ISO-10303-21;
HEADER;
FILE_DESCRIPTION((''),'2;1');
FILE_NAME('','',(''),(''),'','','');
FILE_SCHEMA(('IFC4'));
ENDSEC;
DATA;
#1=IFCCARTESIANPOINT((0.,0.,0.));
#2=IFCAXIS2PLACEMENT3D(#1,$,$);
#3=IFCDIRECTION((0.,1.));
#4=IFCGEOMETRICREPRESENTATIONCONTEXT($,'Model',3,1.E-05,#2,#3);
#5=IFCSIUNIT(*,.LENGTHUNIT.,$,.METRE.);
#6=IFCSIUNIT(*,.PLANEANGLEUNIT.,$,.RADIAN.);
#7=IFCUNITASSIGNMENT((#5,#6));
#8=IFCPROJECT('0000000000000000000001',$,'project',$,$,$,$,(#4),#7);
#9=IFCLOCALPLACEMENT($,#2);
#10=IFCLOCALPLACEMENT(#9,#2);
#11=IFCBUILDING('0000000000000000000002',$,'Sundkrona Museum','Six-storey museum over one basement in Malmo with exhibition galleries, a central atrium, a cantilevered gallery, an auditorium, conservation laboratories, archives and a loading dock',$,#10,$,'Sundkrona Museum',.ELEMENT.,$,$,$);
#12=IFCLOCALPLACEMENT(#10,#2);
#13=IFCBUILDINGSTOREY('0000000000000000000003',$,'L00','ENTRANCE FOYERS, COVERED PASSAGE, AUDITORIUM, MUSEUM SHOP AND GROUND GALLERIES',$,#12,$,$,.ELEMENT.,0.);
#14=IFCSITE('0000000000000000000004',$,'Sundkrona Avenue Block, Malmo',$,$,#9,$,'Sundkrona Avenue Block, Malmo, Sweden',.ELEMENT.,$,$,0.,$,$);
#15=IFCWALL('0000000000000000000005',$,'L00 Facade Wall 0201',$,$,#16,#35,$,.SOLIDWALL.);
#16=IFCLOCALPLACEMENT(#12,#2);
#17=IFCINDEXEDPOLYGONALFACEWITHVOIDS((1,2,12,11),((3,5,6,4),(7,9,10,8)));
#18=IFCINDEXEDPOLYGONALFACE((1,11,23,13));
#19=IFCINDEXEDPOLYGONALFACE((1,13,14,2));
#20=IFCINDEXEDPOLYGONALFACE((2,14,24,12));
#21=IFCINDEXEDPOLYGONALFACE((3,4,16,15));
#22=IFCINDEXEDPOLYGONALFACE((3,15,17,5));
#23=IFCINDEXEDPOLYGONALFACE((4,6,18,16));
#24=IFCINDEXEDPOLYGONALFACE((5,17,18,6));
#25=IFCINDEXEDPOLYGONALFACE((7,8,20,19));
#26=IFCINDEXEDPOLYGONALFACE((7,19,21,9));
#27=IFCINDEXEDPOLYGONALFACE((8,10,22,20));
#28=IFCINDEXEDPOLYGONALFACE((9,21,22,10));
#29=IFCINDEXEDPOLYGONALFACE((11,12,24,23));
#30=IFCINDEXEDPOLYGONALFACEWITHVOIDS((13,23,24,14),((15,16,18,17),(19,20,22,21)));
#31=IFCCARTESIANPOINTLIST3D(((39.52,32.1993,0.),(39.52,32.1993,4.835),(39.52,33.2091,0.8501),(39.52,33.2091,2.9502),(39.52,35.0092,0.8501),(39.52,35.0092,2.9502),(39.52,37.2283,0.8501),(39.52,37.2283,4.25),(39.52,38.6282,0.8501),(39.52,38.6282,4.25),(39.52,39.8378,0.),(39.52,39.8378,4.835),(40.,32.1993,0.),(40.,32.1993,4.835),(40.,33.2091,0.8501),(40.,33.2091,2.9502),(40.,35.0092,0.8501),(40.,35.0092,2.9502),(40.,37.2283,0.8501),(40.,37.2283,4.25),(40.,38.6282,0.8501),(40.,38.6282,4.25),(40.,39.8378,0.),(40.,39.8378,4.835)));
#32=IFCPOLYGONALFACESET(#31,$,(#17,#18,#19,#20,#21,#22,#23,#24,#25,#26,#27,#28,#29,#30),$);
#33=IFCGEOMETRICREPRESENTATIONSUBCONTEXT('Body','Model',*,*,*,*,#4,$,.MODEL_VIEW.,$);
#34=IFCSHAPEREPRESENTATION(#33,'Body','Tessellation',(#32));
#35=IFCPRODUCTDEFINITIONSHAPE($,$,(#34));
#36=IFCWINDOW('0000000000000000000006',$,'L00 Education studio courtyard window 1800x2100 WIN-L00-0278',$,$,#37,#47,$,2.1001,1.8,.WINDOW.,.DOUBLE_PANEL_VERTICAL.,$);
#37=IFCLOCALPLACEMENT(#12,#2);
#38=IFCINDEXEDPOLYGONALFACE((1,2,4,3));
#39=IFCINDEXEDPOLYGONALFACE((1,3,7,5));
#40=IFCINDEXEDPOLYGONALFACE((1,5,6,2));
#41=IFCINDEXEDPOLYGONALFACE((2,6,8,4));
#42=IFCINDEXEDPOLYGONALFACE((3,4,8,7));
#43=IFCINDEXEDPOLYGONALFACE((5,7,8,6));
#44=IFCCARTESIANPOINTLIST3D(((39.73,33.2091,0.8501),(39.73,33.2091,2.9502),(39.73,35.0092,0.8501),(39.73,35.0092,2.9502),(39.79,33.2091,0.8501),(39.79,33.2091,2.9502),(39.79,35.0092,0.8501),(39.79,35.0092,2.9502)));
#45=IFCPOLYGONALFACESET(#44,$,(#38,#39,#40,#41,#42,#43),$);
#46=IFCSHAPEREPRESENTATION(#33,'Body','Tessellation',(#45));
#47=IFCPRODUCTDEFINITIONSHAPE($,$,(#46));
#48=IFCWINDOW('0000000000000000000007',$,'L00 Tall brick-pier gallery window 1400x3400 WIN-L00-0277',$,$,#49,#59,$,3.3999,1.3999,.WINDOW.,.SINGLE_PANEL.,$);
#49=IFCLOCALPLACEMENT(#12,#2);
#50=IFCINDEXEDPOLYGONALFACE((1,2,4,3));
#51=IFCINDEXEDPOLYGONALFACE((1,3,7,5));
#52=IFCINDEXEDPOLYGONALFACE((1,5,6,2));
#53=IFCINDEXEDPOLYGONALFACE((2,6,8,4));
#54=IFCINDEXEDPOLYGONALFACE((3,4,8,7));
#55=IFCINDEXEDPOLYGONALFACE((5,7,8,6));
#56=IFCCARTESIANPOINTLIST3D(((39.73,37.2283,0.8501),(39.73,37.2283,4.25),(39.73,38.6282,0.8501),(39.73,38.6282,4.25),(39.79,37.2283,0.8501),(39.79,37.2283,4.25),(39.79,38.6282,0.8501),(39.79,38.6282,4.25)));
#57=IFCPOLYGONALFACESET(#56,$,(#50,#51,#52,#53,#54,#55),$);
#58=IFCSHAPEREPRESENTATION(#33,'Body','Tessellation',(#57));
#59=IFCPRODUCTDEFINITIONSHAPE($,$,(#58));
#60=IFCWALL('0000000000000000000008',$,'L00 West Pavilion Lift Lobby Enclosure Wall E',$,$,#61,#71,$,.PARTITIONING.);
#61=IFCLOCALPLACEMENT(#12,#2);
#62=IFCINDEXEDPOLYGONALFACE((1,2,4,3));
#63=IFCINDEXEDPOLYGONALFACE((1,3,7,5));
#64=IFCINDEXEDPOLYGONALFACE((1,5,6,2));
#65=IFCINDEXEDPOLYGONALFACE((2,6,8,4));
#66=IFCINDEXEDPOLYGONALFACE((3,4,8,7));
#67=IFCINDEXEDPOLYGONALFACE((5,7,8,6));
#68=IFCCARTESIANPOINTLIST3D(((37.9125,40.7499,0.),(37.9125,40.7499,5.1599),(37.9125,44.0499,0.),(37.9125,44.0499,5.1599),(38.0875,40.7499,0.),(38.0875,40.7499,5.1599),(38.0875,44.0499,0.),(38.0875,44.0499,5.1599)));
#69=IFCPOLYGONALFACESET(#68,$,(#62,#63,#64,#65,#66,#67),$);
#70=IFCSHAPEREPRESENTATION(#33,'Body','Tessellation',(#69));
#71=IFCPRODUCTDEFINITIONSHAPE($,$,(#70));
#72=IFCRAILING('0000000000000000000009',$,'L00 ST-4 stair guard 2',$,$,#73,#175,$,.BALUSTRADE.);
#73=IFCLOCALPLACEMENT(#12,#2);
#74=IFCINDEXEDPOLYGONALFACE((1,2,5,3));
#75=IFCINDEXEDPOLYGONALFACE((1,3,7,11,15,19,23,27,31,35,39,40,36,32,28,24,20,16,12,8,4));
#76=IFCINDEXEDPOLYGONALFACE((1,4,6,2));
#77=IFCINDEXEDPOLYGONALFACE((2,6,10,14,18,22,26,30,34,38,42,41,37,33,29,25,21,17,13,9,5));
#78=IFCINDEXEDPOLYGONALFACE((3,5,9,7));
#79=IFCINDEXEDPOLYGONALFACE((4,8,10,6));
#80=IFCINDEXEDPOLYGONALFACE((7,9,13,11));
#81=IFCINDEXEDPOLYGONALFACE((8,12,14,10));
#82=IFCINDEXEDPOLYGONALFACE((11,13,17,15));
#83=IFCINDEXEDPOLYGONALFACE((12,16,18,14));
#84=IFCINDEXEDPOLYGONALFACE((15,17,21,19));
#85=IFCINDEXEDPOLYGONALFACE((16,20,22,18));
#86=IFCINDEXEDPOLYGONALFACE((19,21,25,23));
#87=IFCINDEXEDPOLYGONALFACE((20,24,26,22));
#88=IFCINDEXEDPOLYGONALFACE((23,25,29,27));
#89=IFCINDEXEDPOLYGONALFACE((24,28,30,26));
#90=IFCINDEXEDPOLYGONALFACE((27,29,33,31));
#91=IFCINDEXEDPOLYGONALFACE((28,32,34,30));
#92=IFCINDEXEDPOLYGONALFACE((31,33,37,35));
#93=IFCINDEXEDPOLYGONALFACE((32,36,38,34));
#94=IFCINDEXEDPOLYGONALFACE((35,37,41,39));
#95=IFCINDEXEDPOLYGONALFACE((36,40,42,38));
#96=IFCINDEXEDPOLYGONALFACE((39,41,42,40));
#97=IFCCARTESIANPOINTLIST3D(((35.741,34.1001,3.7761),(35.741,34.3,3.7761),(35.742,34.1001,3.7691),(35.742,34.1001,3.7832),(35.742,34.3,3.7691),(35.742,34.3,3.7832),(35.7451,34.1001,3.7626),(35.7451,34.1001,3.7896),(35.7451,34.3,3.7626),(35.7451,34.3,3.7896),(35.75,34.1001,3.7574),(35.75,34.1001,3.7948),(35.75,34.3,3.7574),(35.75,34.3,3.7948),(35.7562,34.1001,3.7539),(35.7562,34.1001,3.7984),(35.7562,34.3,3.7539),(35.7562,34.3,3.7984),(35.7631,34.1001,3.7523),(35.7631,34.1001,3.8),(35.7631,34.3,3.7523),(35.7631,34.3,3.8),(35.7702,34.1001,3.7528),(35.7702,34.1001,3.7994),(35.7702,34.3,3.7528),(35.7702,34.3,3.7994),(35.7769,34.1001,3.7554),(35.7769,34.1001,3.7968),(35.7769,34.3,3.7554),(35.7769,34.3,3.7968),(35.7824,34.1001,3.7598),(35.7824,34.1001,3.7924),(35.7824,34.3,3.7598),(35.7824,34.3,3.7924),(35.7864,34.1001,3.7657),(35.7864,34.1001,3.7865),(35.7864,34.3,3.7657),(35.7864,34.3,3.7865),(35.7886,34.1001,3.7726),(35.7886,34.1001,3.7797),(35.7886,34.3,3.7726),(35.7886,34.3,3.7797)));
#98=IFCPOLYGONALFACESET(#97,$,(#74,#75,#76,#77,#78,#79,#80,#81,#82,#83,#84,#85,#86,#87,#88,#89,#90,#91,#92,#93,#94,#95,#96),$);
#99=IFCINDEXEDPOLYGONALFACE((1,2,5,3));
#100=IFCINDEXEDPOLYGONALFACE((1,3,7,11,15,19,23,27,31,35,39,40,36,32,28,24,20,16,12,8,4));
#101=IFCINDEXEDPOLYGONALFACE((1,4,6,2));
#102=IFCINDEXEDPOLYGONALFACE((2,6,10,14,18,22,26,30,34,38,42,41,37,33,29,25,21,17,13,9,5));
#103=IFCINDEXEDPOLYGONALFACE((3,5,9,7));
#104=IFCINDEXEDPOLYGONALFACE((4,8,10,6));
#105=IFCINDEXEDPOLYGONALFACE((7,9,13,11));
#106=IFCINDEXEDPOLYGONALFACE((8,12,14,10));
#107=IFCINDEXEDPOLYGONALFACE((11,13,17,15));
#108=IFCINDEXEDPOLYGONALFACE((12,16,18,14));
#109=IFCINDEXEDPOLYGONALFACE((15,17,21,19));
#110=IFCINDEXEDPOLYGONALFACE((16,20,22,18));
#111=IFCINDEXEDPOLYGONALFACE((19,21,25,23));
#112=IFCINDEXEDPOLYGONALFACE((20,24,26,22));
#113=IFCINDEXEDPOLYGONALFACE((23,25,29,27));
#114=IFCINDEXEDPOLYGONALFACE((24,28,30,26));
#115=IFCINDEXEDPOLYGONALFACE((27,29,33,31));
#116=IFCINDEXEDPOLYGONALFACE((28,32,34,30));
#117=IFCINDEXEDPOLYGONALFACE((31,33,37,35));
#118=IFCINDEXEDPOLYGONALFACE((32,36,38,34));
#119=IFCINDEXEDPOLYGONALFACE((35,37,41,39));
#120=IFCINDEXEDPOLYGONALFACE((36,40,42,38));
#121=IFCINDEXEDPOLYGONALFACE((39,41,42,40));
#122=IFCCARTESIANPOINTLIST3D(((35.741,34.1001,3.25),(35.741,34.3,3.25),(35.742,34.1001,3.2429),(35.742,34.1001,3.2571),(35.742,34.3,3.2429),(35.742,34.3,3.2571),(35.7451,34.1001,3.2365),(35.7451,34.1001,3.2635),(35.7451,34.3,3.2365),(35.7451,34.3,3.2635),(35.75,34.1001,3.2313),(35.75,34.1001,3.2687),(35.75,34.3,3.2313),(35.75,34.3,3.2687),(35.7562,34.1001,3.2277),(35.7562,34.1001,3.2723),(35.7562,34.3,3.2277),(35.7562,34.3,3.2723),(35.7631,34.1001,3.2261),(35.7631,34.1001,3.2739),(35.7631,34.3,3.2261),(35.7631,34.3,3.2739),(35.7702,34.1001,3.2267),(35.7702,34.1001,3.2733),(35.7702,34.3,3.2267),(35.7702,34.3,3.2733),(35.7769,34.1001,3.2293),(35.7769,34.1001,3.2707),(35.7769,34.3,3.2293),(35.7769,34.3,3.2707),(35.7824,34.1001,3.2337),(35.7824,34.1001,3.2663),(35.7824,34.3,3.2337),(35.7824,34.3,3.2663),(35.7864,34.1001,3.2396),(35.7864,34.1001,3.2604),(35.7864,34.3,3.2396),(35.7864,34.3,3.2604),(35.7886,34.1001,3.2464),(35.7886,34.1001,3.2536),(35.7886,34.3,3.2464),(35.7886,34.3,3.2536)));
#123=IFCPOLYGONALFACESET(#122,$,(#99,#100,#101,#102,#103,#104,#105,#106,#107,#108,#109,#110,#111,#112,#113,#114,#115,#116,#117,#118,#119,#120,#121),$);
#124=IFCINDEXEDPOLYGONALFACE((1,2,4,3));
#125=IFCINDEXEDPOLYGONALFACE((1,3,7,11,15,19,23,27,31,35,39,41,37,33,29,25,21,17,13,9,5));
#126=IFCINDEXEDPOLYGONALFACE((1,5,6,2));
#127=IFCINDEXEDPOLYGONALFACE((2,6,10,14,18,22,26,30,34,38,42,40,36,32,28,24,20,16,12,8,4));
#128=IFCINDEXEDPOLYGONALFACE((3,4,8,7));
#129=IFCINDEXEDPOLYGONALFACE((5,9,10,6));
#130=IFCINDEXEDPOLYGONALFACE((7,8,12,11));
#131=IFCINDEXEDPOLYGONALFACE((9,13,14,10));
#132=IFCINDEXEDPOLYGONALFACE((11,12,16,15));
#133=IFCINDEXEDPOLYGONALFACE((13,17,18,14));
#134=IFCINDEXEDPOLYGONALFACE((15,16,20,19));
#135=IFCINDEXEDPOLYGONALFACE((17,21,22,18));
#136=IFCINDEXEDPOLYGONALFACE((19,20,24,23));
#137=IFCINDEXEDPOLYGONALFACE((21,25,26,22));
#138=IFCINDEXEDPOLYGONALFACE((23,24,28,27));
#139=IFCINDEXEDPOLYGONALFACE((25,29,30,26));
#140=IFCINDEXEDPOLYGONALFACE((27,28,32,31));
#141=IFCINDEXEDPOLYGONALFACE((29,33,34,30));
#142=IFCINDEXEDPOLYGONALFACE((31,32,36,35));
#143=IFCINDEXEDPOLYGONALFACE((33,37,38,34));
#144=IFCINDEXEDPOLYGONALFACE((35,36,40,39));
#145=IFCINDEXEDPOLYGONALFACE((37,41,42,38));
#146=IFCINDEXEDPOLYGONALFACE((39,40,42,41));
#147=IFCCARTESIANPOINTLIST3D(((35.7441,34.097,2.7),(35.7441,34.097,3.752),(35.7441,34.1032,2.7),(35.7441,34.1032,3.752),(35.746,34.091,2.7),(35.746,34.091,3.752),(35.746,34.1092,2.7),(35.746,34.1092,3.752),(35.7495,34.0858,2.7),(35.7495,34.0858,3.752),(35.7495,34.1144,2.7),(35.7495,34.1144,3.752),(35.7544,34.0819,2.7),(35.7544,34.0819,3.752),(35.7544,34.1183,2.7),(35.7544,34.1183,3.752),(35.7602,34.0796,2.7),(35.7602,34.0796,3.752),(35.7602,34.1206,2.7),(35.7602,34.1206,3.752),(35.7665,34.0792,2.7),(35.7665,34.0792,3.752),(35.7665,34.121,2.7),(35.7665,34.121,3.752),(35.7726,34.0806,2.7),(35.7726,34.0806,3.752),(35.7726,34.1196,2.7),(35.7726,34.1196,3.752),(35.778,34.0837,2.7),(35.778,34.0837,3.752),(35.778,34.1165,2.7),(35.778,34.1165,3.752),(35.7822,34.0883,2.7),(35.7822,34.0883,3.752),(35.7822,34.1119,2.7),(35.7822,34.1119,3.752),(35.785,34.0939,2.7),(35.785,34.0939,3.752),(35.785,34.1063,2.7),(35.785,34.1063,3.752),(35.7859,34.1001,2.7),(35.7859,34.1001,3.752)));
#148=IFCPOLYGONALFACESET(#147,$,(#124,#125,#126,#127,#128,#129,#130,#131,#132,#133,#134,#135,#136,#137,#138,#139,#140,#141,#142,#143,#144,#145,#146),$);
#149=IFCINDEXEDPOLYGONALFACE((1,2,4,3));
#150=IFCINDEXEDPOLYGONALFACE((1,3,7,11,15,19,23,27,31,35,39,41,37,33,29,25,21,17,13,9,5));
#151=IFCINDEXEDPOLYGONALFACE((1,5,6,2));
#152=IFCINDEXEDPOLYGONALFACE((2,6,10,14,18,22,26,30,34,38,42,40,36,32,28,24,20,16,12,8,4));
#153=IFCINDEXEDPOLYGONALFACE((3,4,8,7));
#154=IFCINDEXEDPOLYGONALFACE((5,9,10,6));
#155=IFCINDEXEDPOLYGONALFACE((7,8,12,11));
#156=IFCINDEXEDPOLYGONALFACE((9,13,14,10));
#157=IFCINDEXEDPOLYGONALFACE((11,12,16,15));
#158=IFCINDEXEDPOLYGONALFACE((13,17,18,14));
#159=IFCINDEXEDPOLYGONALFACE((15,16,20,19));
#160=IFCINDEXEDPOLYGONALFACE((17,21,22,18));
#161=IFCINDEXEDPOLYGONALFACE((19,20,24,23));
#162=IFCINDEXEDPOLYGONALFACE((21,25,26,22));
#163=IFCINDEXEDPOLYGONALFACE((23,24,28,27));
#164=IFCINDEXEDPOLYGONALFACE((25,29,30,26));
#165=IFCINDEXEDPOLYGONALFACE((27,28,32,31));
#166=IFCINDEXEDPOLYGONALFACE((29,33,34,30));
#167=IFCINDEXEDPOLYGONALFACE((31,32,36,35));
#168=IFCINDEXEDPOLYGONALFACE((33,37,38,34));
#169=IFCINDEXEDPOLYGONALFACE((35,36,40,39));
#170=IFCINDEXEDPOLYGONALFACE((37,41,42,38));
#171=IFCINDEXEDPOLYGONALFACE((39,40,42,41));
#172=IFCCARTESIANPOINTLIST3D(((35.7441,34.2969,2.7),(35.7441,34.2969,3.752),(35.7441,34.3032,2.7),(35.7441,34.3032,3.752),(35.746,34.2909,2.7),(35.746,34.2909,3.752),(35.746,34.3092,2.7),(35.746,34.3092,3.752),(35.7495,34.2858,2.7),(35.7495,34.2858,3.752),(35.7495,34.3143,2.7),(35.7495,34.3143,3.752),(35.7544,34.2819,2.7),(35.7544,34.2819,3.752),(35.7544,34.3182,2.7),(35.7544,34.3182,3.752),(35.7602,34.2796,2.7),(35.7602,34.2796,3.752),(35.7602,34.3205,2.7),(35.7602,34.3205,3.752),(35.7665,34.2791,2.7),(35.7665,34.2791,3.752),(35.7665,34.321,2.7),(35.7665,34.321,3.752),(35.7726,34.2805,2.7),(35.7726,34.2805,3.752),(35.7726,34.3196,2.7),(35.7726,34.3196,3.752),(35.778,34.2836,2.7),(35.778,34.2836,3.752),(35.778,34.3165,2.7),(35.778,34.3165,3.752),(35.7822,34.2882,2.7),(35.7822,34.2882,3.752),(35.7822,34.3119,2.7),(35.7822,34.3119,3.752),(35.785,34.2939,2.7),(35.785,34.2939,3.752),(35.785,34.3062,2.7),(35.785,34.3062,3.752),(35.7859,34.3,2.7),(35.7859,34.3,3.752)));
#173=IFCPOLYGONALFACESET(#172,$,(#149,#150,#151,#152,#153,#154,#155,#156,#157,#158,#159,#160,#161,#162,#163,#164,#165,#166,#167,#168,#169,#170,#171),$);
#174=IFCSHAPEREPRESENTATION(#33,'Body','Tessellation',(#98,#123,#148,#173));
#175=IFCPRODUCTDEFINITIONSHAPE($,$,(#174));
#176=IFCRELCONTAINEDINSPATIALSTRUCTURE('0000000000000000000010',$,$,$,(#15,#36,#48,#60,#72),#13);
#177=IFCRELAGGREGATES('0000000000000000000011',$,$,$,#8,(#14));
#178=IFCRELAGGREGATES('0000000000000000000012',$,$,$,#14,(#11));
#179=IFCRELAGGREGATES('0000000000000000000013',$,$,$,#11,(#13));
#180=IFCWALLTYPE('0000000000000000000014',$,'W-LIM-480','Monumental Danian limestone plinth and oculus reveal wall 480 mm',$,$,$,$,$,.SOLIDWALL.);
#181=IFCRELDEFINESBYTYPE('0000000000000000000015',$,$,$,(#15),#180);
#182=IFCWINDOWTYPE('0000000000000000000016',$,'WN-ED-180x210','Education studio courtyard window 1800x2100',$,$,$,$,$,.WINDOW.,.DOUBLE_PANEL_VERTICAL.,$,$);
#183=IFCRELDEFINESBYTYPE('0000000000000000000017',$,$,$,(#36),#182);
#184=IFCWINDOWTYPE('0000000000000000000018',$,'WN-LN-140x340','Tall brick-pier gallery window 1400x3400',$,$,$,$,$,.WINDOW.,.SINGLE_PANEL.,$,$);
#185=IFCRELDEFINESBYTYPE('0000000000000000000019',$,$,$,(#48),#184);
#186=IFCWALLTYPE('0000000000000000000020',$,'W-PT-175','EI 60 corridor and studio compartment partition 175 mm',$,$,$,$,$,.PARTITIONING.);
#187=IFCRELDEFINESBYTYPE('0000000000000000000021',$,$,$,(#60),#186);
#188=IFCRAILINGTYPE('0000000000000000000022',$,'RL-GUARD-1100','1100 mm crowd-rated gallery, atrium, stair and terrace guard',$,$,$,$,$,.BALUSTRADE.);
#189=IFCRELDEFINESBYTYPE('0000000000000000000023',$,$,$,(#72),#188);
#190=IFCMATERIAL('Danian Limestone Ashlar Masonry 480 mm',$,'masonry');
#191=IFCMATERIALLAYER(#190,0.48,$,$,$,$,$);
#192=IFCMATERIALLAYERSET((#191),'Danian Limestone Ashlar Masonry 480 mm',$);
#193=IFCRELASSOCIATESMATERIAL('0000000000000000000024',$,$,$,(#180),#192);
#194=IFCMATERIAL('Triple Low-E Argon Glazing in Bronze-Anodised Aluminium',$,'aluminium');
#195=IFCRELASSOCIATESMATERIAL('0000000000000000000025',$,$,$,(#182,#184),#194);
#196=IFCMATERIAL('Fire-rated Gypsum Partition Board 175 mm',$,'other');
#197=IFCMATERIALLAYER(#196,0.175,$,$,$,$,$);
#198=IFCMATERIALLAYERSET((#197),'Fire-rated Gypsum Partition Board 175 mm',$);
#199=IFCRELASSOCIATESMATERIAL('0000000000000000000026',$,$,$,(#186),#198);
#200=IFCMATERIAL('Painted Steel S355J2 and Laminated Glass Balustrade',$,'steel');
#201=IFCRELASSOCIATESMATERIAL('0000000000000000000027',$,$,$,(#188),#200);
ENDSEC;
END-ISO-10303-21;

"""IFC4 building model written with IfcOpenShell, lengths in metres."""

from ifc_helpers import new_model, si_unit, direction, frame, frame_2d, origin, origin_2d, place, context, subcontext, project, spatial, rectangle, circle, extrude, material, layer, layer_set, type_object, element, fill, save


model = new_model("IFC4")

# Units and contexts
model_context = context("Model", 3, precision=1e-05, world=origin(), true_north=direction((0.0, 1.0)))
body_context = subcontext(model_context, "Body", "Model", "MODEL_VIEW")
ifc_project = project(units=[si_unit("LENGTHUNIT", "METRE"), si_unit("PLANEANGLEUNIT", "RADIAN")], contexts=[model_context])

# Site, building, storey
site_placement = place(None, origin())
site = spatial("IfcSite", under=ifc_project, at=site_placement, Name="Sundkrona Avenue Block, Malmo", LongName="Sundkrona Avenue Block, Malmo, Sweden", CompositionType="ELEMENT", RefElevation=0.0)
building_placement = place(site_placement, origin())
building = spatial("IfcBuilding", under=site, at=building_placement, Name="Sundkrona Museum", Description="Six-storey museum over one basement in Malmo with exhibition galleries, a central atrium, a cantilevered gallery, an auditorium, conservation laboratories, archives and a loading dock", LongName="Sundkrona Museum", CompositionType="ELEMENT")
storey_placement = place(building_placement, origin())
storey = spatial("IfcBuildingStorey", under=building, at=storey_placement, Name="L00", Description="ENTRANCE FOYERS, COVERED PASSAGE, AUDITORIUM, MUSEUM SHOP AND GROUND GALLERIES", CompositionType="ELEMENT", Elevation=0.0)

# Shared definitions
ifc_material_1 = material(Name="Danian Limestone Ashlar Masonry 480 mm", Category="masonry")
ifc_layer_1 = layer(ifc_material_1, 0.48)
ifc_layer_set_1 = layer_set([ifc_layer_1], Name="Danian Limestone Ashlar Masonry 480 mm")
wall_type_1 = type_object("IfcWallType", Name="W-LIM-480", Description="Monumental Danian limestone plinth and oculus reveal wall 480 mm", PredefinedType="SOLIDWALL", material=ifc_layer_set_1)

# Wall, openings, windows
wall_1_placement = place(storey_placement, frame((39.76, 39.8379, 0.0), z_axis=(0.0, 0.0, 1.0), x_axis=(0.0, -1.0, 0.0)))
wall_1 = element("IfcWall", 1, at=wall_1_placement, inside=storey, type_object=wall_type_1, Name="L00 Facade Wall 0201", PredefinedType="SOLIDWALL", context=body_context, shape_type="SweptSolid", body=[
    extrude(rectangle(XDim=7.6384, YDim=0.48, at=frame_2d((3.8193, 0.0))), origin(), (0.0, 0.0, 1.0), 4.835),
])
opening_1_placement = place(wall_1_placement, frame((1.2097, 0.0, 0.8501)))
opening_1 = element("IfcOpeningElement", 2, at=opening_1_placement, cuts=wall_1, PredefinedType="OPENING", context=body_context, shape_type="SweptSolid", body=[
    extrude(rectangle(XDim=1.3999, YDim=3.3999, at=frame_2d((0.7, 1.7))), frame((0.0, 0.25, 0.0), z_axis=(0.0, -1.0, 0.0), x_axis=(1.0, 0.0, 0.0)), (0.0, 0.0, 1.0), 0.5),
])
opening_2_placement = place(wall_1_placement, frame((4.8289, 0.0, 0.8501)))
opening_2 = element("IfcOpeningElement", 3, at=opening_2_placement, cuts=wall_1, PredefinedType="OPENING", context=body_context, shape_type="SweptSolid", body=[
    extrude(rectangle(XDim=1.8, YDim=2.1001, at=frame_2d((0.8999, 1.05))), frame((0.0, 0.25, 0.0), z_axis=(0.0, -1.0, 0.0), x_axis=(1.0, 0.0, 0.0)), (0.0, 0.0, 1.0), 0.5),
])
ifc_material_2 = material(Name="Triple Low-E Argon Glazing in Bronze-Anodised Aluminium", Category="aluminium")
window_type_1 = type_object("IfcWindowType", Name="WN-ED-180x210", Description="Education studio courtyard window 1800x2100", PartitioningType="DOUBLE_PANEL_VERTICAL", PredefinedType="WINDOW", material=ifc_material_2)
window_1_placement = place(opening_2_placement, origin())
window_1 = element("IfcWindow", 4, at=window_1_placement, inside=storey, type_object=window_type_1, Name="L00 Education studio courtyard window 1800x2100 WIN-L00-0278", OverallHeight=2.1001, OverallWidth=1.8, PartitioningType="DOUBLE_PANEL_VERTICAL", PredefinedType="WINDOW", context=body_context, shape_type="SweptSolid", body=[
    extrude(rectangle(XDim=1.8, YDim=2.1001, at=frame_2d((0.8999, 1.05))), frame((0.0, 0.03, 0.0), z_axis=(0.0, -1.0, 0.0), x_axis=(1.0, 0.0, 0.0)), (0.0, 0.0, 1.0), 0.0601),
])
fill(opening_2, window_1)
window_type_2 = type_object("IfcWindowType", Name="WN-LN-140x340", Description="Tall brick-pier gallery window 1400x3400", PartitioningType="SINGLE_PANEL", PredefinedType="WINDOW", material=ifc_material_2)
window_2_placement = place(opening_1_placement, origin())
window_2 = element("IfcWindow", 5, at=window_2_placement, inside=storey, type_object=window_type_2, Name="L00 Tall brick-pier gallery window 1400x3400 WIN-L00-0277", OverallHeight=3.3999, OverallWidth=1.3999, PartitioningType="SINGLE_PANEL", PredefinedType="WINDOW", context=body_context, shape_type="SweptSolid", body=[
    extrude(rectangle(XDim=1.3999, YDim=3.3999, at=frame_2d((0.7, 1.7))), frame((0.0, 0.03, 0.0), z_axis=(0.0, -1.0, 0.0), x_axis=(1.0, 0.0, 0.0)), (0.0, 0.0, 1.0), 0.0601),
])
fill(opening_1, window_2)

# Wall
ifc_material_3 = material(Name="Fire-rated Gypsum Partition Board 175 mm", Category="other")
ifc_layer_2 = layer(ifc_material_3, 0.175)
ifc_layer_set_2 = layer_set([ifc_layer_2], Name="Fire-rated Gypsum Partition Board 175 mm")
wall_type_2 = type_object("IfcWallType", Name="W-PT-175", Description="EI 60 corridor and studio compartment partition 175 mm", PredefinedType="PARTITIONING", material=ifc_layer_set_2)
wall_2_placement = place(storey_placement, frame((38.0, 40.75, 0.0), z_axis=(0.0, 0.0, 1.0), x_axis=(0.0, 1.0, 0.0)))
element("IfcWall", 6, at=wall_2_placement, inside=storey, type_object=wall_type_2, Name="L00 West Pavilion Lift Lobby Enclosure Wall E", PredefinedType="PARTITIONING", context=body_context, shape_type="SweptSolid", body=[
    extrude(rectangle(XDim=3.3, YDim=0.175, at=frame_2d((1.6499, 0.0))), origin(), (0.0, 0.0, 1.0), 5.1599),
])

# Railing
ifc_material_4 = material(Name="Painted Steel S355J2 and Laminated Glass Balustrade", Category="steel")
railing_type = type_object("IfcRailingType", Name="RL-GUARD-1100", Description="1100 mm crowd-rated gallery, atrium, stair and terrace guard", PredefinedType="BALUSTRADE", material=ifc_material_4)
railing_1_placement = place(storey_placement, frame((35.7649, 34.1001, 2.7)))
element("IfcRailing", 7, at=railing_1_placement, inside=storey, type_object=railing_type, Name="L00 ST-4 stair guard 2", PredefinedType="BALUSTRADE", context=body_context, shape_type="SweptSolid", body=[
    extrude(circle(Radius=0.0239, at=origin_2d()), frame((0.0, 0.0, 1.0762), z_axis=(0.0, 1.0, 0.0), x_axis=(-1.0, 0.0, 0.0)), (0.0, 0.0, 1.0), 0.2),
    extrude(circle(Radius=0.0239, at=origin_2d()), frame((0.0, 0.0, 0.55), z_axis=(0.0, 1.0, 0.0), x_axis=(-1.0, 0.0, 0.0)), (0.0, 0.0, 1.0), 0.2),
    extrude(circle(Radius=0.021, at=origin_2d()), origin(), (0.0, 0.0, 1.0), 1.052),
    extrude(circle(Radius=0.021, at=origin_2d()), frame((0.0, 0.2, 0.0)), (0.0, 0.0, 1.0), 1.052),
])

save(model, "model.ifc")
